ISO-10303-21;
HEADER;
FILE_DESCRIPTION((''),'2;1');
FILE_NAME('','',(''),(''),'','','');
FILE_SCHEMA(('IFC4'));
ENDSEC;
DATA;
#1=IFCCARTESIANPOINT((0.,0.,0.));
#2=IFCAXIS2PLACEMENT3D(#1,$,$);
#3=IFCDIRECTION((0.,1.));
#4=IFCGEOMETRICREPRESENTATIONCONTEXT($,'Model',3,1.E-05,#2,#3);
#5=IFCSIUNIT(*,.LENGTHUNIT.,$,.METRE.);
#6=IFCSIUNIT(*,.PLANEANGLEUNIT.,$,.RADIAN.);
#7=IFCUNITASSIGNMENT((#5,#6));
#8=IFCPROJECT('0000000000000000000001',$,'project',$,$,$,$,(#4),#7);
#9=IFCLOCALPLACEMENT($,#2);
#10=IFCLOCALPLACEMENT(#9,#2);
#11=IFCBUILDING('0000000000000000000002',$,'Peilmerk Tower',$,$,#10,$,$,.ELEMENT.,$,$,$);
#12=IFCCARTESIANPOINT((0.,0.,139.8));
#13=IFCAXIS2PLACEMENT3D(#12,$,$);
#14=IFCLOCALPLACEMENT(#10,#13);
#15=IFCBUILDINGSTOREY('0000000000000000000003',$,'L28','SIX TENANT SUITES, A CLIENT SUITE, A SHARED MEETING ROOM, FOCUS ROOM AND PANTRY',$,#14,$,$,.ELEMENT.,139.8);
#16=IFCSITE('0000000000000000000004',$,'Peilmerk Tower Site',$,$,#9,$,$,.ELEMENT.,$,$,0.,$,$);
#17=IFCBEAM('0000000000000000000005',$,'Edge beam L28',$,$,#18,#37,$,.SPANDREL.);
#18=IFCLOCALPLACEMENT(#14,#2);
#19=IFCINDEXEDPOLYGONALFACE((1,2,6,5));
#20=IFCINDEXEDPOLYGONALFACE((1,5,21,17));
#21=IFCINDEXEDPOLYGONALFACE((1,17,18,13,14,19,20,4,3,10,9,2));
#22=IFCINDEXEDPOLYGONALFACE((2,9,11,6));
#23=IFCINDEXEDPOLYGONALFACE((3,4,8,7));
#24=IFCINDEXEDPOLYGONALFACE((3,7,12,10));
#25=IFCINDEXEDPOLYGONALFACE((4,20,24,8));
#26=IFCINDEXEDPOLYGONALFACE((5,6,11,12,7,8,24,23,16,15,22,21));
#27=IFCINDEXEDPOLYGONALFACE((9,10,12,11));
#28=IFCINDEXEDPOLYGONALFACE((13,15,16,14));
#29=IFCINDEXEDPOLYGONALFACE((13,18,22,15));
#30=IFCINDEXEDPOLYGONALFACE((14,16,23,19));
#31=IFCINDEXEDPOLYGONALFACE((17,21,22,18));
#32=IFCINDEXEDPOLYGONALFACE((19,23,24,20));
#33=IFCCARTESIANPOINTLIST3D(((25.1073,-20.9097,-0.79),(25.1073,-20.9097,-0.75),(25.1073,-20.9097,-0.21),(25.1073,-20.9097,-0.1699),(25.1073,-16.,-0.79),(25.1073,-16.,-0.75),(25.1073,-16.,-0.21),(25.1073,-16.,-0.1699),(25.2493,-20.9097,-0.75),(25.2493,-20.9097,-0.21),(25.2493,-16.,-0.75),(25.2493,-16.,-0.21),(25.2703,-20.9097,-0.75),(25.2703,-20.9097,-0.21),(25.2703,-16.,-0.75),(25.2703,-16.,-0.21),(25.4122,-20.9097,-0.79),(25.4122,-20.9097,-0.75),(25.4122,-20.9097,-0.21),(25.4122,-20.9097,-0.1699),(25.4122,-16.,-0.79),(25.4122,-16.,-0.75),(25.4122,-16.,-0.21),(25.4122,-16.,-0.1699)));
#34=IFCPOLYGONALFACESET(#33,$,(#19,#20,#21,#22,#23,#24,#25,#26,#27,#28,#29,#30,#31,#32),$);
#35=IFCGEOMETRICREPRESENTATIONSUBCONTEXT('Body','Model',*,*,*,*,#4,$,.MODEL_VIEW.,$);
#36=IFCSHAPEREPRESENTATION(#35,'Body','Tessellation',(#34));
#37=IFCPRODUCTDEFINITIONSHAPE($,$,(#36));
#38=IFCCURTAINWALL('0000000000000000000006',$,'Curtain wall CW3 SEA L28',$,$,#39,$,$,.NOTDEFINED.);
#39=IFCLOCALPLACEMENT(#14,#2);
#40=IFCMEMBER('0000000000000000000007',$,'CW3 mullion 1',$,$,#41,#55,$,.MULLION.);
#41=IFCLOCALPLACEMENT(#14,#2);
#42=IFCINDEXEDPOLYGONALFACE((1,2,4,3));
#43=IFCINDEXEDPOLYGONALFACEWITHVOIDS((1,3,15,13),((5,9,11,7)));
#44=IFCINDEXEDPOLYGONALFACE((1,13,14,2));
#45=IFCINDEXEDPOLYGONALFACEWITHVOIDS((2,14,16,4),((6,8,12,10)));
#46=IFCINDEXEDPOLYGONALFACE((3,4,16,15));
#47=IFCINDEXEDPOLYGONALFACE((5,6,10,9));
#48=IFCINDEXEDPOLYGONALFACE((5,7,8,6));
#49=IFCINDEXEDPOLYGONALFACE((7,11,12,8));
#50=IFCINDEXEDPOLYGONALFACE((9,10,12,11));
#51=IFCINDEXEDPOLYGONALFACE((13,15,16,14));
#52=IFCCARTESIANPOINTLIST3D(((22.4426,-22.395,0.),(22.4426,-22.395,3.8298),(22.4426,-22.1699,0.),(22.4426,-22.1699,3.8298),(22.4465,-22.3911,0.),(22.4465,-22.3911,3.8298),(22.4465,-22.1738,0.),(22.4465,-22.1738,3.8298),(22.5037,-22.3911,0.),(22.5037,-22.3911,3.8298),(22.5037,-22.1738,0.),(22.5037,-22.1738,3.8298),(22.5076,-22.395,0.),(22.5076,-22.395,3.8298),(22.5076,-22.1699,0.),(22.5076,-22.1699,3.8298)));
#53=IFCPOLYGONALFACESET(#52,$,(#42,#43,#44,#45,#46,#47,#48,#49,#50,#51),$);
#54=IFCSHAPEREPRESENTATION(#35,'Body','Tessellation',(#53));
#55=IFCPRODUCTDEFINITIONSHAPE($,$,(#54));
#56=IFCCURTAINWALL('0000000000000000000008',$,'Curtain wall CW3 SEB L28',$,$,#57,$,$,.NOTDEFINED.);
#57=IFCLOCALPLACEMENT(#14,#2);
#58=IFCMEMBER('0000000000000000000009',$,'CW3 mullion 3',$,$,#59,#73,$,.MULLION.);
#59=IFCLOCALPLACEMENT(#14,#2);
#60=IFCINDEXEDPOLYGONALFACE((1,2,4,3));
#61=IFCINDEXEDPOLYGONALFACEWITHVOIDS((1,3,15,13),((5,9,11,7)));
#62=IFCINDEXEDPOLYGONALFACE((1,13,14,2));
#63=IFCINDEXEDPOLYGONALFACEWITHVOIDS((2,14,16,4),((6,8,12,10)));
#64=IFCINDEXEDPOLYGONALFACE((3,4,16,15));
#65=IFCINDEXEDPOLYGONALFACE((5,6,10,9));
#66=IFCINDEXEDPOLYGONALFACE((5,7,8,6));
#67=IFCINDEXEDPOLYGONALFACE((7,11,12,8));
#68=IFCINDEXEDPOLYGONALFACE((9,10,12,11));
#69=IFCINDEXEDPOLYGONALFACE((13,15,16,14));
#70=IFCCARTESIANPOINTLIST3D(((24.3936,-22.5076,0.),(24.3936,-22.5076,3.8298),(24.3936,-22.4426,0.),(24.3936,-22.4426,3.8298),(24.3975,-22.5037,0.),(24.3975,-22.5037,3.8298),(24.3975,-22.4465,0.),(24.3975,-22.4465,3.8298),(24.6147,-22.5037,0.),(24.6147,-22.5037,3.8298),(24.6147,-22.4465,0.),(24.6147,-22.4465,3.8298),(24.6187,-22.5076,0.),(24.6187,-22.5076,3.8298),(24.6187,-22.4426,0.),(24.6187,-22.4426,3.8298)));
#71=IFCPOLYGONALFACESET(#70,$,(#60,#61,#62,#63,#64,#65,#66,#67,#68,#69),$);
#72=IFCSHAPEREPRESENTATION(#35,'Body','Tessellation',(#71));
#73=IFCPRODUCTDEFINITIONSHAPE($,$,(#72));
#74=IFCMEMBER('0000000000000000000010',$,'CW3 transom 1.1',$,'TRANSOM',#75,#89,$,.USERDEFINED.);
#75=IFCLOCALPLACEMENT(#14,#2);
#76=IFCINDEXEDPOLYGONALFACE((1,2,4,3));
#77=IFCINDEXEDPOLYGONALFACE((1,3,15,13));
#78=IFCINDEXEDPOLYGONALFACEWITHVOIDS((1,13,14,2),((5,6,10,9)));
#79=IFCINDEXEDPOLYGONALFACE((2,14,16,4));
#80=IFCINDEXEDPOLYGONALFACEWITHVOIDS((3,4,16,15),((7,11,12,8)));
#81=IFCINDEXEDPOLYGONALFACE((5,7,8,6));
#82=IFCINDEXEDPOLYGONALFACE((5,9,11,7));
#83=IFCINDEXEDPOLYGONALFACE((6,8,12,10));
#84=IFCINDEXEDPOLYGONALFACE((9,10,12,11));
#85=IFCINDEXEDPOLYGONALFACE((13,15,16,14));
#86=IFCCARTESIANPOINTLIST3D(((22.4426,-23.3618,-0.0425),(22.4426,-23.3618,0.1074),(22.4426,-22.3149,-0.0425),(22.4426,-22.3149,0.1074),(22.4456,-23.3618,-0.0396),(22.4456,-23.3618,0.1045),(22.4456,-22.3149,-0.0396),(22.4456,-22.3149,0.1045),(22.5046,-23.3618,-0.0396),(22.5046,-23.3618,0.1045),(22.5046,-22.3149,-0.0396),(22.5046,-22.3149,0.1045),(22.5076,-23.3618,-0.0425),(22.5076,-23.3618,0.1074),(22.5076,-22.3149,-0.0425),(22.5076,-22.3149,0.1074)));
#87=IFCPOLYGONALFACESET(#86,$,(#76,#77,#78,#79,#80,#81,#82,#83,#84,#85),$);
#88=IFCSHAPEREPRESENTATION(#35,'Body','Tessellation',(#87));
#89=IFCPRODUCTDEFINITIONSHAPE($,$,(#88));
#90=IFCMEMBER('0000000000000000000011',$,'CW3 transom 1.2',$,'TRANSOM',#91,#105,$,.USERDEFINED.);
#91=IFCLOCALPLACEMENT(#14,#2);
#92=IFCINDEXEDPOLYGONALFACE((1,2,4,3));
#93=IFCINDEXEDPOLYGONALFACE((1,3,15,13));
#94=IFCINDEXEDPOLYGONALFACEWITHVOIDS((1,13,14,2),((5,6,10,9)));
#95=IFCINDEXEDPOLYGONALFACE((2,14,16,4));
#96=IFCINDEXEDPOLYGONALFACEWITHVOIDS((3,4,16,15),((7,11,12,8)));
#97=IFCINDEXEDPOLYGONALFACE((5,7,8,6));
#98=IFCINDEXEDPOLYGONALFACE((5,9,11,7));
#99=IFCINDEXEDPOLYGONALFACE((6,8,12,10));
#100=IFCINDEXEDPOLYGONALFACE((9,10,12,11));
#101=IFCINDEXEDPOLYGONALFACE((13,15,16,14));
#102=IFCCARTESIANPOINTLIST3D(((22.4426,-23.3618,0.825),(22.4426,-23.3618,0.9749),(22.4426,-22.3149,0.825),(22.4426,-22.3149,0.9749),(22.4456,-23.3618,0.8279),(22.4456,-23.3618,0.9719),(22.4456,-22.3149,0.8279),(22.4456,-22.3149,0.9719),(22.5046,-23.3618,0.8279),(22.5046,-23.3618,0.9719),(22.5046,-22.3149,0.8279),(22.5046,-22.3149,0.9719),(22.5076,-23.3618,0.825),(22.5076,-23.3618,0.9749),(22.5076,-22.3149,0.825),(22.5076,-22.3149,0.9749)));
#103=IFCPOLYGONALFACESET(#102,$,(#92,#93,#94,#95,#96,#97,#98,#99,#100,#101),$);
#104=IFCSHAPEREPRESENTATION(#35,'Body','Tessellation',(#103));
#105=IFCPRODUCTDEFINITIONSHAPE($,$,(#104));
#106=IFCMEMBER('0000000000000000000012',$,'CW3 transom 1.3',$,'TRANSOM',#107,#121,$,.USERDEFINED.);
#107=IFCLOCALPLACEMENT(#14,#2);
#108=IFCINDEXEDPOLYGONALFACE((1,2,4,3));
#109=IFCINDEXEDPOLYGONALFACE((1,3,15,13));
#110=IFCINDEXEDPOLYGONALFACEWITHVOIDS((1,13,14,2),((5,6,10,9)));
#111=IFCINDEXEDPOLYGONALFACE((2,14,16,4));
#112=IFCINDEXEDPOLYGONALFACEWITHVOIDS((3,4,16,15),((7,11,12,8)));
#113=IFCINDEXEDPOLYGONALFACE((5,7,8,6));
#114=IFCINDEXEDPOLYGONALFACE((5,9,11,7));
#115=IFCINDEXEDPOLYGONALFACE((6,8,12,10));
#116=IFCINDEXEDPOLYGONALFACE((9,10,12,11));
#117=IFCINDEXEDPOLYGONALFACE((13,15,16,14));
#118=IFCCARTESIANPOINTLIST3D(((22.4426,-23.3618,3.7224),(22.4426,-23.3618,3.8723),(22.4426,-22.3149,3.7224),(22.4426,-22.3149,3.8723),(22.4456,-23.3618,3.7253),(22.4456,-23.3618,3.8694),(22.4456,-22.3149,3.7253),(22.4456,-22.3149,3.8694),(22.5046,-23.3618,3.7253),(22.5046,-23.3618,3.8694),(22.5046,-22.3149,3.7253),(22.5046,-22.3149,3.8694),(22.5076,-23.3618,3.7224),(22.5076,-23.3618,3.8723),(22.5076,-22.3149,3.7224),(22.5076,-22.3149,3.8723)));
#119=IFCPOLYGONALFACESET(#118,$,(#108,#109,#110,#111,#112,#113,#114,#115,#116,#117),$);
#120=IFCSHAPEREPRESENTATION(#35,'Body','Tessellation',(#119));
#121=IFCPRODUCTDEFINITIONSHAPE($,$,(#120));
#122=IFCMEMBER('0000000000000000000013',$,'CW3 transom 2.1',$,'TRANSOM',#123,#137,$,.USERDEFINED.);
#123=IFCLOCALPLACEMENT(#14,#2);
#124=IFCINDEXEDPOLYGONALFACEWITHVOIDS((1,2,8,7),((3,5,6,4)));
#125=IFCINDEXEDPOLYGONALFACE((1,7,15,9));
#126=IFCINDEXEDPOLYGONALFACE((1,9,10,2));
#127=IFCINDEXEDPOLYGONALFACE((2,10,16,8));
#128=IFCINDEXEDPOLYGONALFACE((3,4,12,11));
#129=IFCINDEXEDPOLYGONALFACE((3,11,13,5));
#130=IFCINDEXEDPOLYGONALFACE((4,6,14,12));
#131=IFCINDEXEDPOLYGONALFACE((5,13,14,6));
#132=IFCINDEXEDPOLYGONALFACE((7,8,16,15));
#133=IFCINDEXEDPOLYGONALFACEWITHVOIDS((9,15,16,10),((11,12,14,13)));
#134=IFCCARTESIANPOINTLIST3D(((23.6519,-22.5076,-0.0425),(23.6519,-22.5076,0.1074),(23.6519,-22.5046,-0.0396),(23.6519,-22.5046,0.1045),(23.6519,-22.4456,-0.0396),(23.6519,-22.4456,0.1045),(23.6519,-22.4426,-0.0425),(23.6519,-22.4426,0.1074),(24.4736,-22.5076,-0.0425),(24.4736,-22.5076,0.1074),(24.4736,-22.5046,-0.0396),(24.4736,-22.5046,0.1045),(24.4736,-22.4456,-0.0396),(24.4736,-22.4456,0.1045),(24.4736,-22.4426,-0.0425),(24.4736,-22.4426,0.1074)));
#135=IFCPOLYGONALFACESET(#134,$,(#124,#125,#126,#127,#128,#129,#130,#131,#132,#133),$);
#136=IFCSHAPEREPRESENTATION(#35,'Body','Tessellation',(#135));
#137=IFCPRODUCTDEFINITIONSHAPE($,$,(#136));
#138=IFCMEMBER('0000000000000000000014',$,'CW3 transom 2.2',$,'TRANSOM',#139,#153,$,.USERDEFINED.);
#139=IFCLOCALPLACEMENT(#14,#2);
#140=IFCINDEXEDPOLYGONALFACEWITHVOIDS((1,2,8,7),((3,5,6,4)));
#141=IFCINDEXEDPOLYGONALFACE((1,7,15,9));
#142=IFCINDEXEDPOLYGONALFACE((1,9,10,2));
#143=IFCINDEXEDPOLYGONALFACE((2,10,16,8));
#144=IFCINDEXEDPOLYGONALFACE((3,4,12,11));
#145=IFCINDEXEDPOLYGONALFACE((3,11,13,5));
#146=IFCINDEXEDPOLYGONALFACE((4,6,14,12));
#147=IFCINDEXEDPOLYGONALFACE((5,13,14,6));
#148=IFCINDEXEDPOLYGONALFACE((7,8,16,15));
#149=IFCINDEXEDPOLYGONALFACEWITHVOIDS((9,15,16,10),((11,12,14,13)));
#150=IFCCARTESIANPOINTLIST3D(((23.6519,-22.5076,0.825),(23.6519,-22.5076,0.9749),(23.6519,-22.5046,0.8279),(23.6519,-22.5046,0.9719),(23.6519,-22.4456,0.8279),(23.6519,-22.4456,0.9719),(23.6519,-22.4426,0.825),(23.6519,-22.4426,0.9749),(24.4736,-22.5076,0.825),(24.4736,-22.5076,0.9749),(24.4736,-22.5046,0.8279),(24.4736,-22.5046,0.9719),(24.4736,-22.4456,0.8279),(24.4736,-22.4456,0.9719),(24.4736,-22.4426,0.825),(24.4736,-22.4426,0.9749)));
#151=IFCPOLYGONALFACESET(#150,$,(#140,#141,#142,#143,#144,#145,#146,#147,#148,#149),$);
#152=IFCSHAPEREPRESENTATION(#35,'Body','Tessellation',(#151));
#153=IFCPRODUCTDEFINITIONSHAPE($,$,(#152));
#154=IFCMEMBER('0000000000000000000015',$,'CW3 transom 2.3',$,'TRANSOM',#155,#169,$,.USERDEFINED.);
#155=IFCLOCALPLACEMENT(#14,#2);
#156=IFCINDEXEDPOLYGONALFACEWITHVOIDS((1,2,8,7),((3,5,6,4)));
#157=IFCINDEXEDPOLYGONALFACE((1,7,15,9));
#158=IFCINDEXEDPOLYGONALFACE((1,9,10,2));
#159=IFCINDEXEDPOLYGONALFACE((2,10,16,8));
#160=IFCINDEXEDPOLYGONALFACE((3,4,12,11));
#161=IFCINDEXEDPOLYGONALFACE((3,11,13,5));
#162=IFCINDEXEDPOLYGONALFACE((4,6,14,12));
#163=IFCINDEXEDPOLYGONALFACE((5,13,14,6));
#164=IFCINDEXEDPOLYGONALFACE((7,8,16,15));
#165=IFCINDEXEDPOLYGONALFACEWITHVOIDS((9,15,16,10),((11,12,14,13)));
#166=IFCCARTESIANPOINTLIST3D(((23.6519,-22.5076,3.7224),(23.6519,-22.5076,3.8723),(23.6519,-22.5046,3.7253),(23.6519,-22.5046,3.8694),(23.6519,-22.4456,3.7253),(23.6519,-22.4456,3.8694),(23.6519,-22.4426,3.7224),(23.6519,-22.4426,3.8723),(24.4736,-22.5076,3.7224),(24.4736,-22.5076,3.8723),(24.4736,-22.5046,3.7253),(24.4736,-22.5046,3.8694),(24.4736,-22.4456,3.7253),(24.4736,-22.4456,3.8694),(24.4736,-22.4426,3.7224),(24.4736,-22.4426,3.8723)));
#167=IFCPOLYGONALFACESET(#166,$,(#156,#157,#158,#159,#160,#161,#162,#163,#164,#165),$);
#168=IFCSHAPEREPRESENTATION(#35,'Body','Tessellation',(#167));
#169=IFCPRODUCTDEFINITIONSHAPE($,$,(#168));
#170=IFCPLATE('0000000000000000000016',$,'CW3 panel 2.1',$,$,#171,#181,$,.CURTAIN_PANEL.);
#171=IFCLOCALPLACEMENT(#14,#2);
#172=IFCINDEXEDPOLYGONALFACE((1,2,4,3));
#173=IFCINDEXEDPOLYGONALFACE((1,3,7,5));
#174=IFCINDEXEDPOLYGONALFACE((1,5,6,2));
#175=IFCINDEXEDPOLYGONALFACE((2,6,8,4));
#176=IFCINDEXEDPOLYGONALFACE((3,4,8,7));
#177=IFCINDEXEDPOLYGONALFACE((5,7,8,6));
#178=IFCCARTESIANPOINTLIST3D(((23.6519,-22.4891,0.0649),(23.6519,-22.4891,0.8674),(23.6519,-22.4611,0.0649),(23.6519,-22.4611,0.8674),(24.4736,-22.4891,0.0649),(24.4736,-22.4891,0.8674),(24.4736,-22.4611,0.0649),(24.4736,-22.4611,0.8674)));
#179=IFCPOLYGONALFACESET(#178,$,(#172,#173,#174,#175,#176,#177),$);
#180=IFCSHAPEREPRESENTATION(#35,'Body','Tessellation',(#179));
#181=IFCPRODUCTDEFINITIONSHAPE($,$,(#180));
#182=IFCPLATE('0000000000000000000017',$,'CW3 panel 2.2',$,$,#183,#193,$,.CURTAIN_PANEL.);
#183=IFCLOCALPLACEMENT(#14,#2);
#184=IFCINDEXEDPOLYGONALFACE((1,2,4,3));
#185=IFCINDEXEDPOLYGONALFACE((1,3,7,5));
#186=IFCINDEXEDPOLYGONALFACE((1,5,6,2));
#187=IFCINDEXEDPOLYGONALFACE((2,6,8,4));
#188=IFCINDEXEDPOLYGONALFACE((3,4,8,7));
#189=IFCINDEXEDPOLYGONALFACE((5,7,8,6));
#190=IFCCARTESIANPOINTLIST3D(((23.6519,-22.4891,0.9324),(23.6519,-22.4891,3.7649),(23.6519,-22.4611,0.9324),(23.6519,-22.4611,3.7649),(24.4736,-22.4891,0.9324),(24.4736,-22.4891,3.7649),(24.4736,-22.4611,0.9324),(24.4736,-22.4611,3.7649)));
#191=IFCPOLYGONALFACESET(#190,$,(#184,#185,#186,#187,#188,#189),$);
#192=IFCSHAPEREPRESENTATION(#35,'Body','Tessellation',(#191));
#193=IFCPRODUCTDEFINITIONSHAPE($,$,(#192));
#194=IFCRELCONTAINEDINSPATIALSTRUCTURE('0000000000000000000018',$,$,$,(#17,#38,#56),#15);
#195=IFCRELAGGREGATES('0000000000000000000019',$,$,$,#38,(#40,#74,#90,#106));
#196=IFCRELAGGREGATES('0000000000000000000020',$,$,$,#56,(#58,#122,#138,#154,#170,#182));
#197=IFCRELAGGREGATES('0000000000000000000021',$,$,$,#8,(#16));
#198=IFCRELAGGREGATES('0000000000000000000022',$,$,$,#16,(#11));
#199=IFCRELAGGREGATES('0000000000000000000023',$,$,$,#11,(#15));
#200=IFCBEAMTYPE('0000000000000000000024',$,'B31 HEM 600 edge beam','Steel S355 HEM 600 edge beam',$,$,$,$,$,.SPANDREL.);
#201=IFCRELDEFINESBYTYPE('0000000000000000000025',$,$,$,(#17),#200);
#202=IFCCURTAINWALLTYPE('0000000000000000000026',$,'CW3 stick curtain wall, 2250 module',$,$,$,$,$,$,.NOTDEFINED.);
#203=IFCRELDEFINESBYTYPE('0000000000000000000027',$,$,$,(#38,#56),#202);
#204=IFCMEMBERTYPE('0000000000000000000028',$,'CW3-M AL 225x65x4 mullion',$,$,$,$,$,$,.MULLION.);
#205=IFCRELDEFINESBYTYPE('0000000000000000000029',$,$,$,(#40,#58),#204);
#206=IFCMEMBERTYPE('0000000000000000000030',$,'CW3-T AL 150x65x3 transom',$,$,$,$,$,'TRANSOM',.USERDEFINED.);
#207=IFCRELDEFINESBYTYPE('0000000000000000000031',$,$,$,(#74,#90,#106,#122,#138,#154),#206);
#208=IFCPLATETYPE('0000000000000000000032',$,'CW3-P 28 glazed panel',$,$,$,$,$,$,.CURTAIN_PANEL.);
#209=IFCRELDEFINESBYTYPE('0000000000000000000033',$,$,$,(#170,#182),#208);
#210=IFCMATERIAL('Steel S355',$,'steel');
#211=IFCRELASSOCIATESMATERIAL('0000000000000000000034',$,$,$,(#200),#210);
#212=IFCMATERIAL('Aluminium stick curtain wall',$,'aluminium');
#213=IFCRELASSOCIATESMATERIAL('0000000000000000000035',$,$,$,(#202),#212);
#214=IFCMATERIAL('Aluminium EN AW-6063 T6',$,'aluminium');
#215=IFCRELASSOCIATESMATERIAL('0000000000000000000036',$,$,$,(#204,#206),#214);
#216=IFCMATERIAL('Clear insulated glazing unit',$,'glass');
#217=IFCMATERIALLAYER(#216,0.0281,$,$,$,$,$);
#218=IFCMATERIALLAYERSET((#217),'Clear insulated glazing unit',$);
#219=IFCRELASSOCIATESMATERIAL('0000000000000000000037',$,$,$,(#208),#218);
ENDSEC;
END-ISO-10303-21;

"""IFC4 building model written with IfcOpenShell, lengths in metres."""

from ifc_helpers import new_model, si_unit, direction, frame, origin, origin_2d, place, context, subcontext, project, spatial, rectangle, hollow_rectangle, i_section, extrude, material, layer, layer_set, material_profile, profile_set, type_object, element, aggregate, save


model = new_model("IFC4")

# Units and contexts
model_context = context("Model", 3, precision=1e-05, world=origin(), true_north=direction((0.0, 1.0)))
body_context = subcontext(model_context, "Body", "Model", "MODEL_VIEW")
ifc_project = project(units=[si_unit("LENGTHUNIT", "METRE"), si_unit("PLANEANGLEUNIT", "RADIAN")], contexts=[model_context])

# Site, building, storey
site_placement = place(None, origin())
site = spatial("IfcSite", under=ifc_project, at=site_placement, Name="Peilmerk Tower Site", CompositionType="ELEMENT", RefElevation=0.0)
building_placement = place(site_placement, origin())
building = spatial("IfcBuilding", under=site, at=building_placement, Name="Peilmerk Tower", CompositionType="ELEMENT")
storey_placement = place(building_placement, frame((0.0, 0.0, 139.8)))
storey = spatial("IfcBuildingStorey", under=building, at=storey_placement, Name="L28", Description="SIX TENANT SUITES, A CLIENT SUITE, A SHARED MEETING ROOM, FOCUS ROOM AND PANTRY", CompositionType="ELEMENT", Elevation=139.8)

# Beam
ifc_material_1 = material(Name="Steel S355", Category="steel")
ifc_material_profile_1 = material_profile(ifc_material_1, i_section(OverallWidth=0.3049, OverallDepth=0.6201, WebThickness=0.021, FlangeThickness=0.04, at=origin_2d()), Name="HEM 600")
ifc_profile_set_1 = profile_set([ifc_material_profile_1], Name="Steel S355")
beam_type_1 = type_object("IfcBeamType", Name="B31 HEM 600 edge beam", Description="Steel S355 HEM 600 edge beam", PredefinedType="SPANDREL", material=ifc_profile_set_1)
beam_1_placement = place(storey_placement, frame((25.2598, -20.9097, -0.48), z_axis=(0.0, 1.0, 0.0), x_axis=(-1.0, 0.0, 0.0)))
element("IfcBeam", 1, at=beam_1_placement, inside=storey, type_object=beam_type_1, Name="Edge beam L28", PredefinedType="SPANDREL", context=body_context, shape_type="SweptSolid", body=[
    extrude(i_section(OverallWidth=0.3049, OverallDepth=0.6201, WebThickness=0.021, FlangeThickness=0.04, at=origin_2d()), origin(), (0.0, 0.0, 1.0), 4.9097),
])

# Curtain walls, members
ifc_material_2 = material(Name="Aluminium stick curtain wall", Category="aluminium")
curtain_wall_type = type_object("IfcCurtainWallType", Name="CW3 stick curtain wall, 2250 module", PredefinedType="NOTDEFINED", material=ifc_material_2)
curtain_wall_1_placement = place(storey_placement, origin())
curtain_wall_1 = element("IfcCurtainWall", 2, at=curtain_wall_1_placement, inside=storey, type_object=curtain_wall_type, Name="Curtain wall CW3 SEA L28", PredefinedType="NOTDEFINED")
ifc_material_3 = material(Name="Aluminium EN AW-6063 T6", Category="aluminium")
ifc_material_profile_2 = material_profile(ifc_material_3, hollow_rectangle(XDim=0.0649, YDim=0.2251, WallThickness=0.0039, at=origin_2d()), Name="AL 225x65x4")
ifc_profile_set_2 = profile_set([ifc_material_profile_2], Name="Aluminium EN AW-6063 T6")
member_type_1 = type_object("IfcMemberType", Name="CW3-M AL 225x65x4 mullion", PredefinedType="MULLION", material=ifc_profile_set_2)
member_1_placement = place(storey_placement, frame((22.4751, -22.2825, 0.0), z_axis=(0.0, 0.0, 1.0), x_axis=(1.0, 0.0, 0.0)))
member_1 = element("IfcMember", 3, at=member_1_placement, type_object=member_type_1, Name="CW3 mullion 1", PredefinedType="MULLION", context=body_context, shape_type="SweptSolid", body=[
    extrude(hollow_rectangle(XDim=0.0649, YDim=0.2251, WallThickness=0.0039, at=origin_2d()), origin(), (0.0, 0.0, 1.0), 3.8298),
])
curtain_wall_2_placement = place(storey_placement, origin())
curtain_wall_2 = element("IfcCurtainWall", 4, at=curtain_wall_2_placement, inside=storey, type_object=curtain_wall_type, Name="Curtain wall CW3 SEB L28", PredefinedType="NOTDEFINED")
member_2_placement = place(storey_placement, frame((24.5061, -22.4751, 0.0), z_axis=(0.0, 0.0, 1.0), x_axis=(0.0, 1.0, 0.0)))
member_2 = element("IfcMember", 5, at=member_2_placement, type_object=member_type_1, Name="CW3 mullion 3", PredefinedType="MULLION", context=body_context, shape_type="SweptSolid", body=[
    extrude(hollow_rectangle(XDim=0.0649, YDim=0.2251, WallThickness=0.0039, at=origin_2d()), origin(), (0.0, 0.0, 1.0), 3.8298),
])

# Members
ifc_material_profile_3 = material_profile(ifc_material_3, hollow_rectangle(XDim=0.0649, YDim=0.1499, WallThickness=0.0029, at=origin_2d()), Name="AL 150x65x3")
ifc_profile_set_3 = profile_set([ifc_material_profile_3], Name="Aluminium EN AW-6063 T6")
member_type_2 = type_object("IfcMemberType", Name="CW3-T AL 150x65x3 transom", ElementType="TRANSOM", PredefinedType="USERDEFINED", material=ifc_profile_set_3)
member_3_placement = place(storey_placement, frame((22.4751, -22.3149, 0.0325), z_axis=(0.0, -1.0, 0.0), x_axis=(1.0, 0.0, 0.0)))
member_3 = element("IfcMember", 6, at=member_3_placement, type_object=member_type_2, Name="CW3 transom 1.1", ObjectType="TRANSOM", PredefinedType="USERDEFINED", context=body_context, shape_type="SweptSolid", body=[
    extrude(hollow_rectangle(XDim=0.0649, YDim=0.1499, WallThickness=0.0029, at=origin_2d()), origin(), (0.0, 0.0, 1.0), 1.0469),
])
member_4_placement = place(storey_placement, frame((22.4751, -22.3149, 0.8999), z_axis=(0.0, -1.0, 0.0), x_axis=(1.0, 0.0, 0.0)))
member_4 = element("IfcMember", 7, at=member_4_placement, type_object=member_type_2, Name="CW3 transom 1.2", ObjectType="TRANSOM", PredefinedType="USERDEFINED", context=body_context, shape_type="SweptSolid", body=[
    extrude(hollow_rectangle(XDim=0.0649, YDim=0.1499, WallThickness=0.0029, at=origin_2d()), origin(), (0.0, 0.0, 1.0), 1.0469),
])
member_5_placement = place(storey_placement, frame((22.4751, -22.3149, 3.7974), z_axis=(0.0, -1.0, 0.0), x_axis=(1.0, 0.0, 0.0)))
member_5 = element("IfcMember", 8, at=member_5_placement, type_object=member_type_2, Name="CW3 transom 1.3", ObjectType="TRANSOM", PredefinedType="USERDEFINED", context=body_context, shape_type="SweptSolid", body=[
    extrude(hollow_rectangle(XDim=0.0649, YDim=0.1499, WallThickness=0.0029, at=origin_2d()), origin(), (0.0, 0.0, 1.0), 1.0469),
])
aggregate(curtain_wall_1, [member_1, member_3, member_4, member_5])
member_6_placement = place(storey_placement, frame((23.6519, -22.4751, 0.0325), z_axis=(1.0, 0.0, 0.0), x_axis=(0.0, 1.0, 0.0)))
member_6 = element("IfcMember", 9, at=member_6_placement, type_object=member_type_2, Name="CW3 transom 2.1", ObjectType="TRANSOM", PredefinedType="USERDEFINED", context=body_context, shape_type="SweptSolid", body=[
    extrude(hollow_rectangle(XDim=0.0649, YDim=0.1499, WallThickness=0.0029, at=origin_2d()), origin(), (0.0, 0.0, 1.0), 0.8218),
])
member_7_placement = place(storey_placement, frame((23.6519, -22.4751, 0.8999), z_axis=(1.0, 0.0, 0.0), x_axis=(0.0, 1.0, 0.0)))
member_7 = element("IfcMember", 10, at=member_7_placement, type_object=member_type_2, Name="CW3 transom 2.2", ObjectType="TRANSOM", PredefinedType="USERDEFINED", context=body_context, shape_type="SweptSolid", body=[
    extrude(hollow_rectangle(XDim=0.0649, YDim=0.1499, WallThickness=0.0029, at=origin_2d()), origin(), (0.0, 0.0, 1.0), 0.8218),
])
member_8_placement = place(storey_placement, frame((23.6519, -22.4751, 3.7974), z_axis=(1.0, 0.0, 0.0), x_axis=(0.0, 1.0, 0.0)))
member_8 = element("IfcMember", 11, at=member_8_placement, type_object=member_type_2, Name="CW3 transom 2.3", ObjectType="TRANSOM", PredefinedType="USERDEFINED", context=body_context, shape_type="SweptSolid", body=[
    extrude(hollow_rectangle(XDim=0.0649, YDim=0.1499, WallThickness=0.0029, at=origin_2d()), origin(), (0.0, 0.0, 1.0), 0.8218),
])

# Plates
ifc_material_4 = material(Name="Clear insulated glazing unit", Category="glass")
ifc_layer_1 = layer(ifc_material_4, 0.0281)
ifc_layer_set_1 = layer_set([ifc_layer_1], Name="Clear insulated glazing unit")
plate_type = type_object("IfcPlateType", Name="CW3-P 28 glazed panel", PredefinedType="CURTAIN_PANEL", material=ifc_layer_set_1)
plate_1_placement = place(storey_placement, frame((24.0627, -22.4751, 0.0649), z_axis=(0.0, 0.0, 1.0), x_axis=(1.0, 0.0, 0.0)))
plate_1 = element("IfcPlate", 12, at=plate_1_placement, type_object=plate_type, Name="CW3 panel 2.1", PredefinedType="CURTAIN_PANEL", context=body_context, shape_type="SweptSolid", body=[
    extrude(rectangle(XDim=0.8218, YDim=0.0281, at=origin_2d()), origin(), (0.0, 0.0, 1.0), 0.8025),
])
plate_2_placement = place(storey_placement, frame((24.0627, -22.4751, 0.9324), z_axis=(0.0, 0.0, 1.0), x_axis=(1.0, 0.0, 0.0)))
plate_2 = element("IfcPlate", 13, at=plate_2_placement, type_object=plate_type, Name="CW3 panel 2.2", PredefinedType="CURTAIN_PANEL", context=body_context, shape_type="SweptSolid", body=[
    extrude(rectangle(XDim=0.8218, YDim=0.0281, at=origin_2d()), origin(), (0.0, 0.0, 1.0), 2.8325),
])
aggregate(curtain_wall_2, [member_2, member_6, member_7, member_8, plate_1, plate_2])

save(model, "model.ifc")
